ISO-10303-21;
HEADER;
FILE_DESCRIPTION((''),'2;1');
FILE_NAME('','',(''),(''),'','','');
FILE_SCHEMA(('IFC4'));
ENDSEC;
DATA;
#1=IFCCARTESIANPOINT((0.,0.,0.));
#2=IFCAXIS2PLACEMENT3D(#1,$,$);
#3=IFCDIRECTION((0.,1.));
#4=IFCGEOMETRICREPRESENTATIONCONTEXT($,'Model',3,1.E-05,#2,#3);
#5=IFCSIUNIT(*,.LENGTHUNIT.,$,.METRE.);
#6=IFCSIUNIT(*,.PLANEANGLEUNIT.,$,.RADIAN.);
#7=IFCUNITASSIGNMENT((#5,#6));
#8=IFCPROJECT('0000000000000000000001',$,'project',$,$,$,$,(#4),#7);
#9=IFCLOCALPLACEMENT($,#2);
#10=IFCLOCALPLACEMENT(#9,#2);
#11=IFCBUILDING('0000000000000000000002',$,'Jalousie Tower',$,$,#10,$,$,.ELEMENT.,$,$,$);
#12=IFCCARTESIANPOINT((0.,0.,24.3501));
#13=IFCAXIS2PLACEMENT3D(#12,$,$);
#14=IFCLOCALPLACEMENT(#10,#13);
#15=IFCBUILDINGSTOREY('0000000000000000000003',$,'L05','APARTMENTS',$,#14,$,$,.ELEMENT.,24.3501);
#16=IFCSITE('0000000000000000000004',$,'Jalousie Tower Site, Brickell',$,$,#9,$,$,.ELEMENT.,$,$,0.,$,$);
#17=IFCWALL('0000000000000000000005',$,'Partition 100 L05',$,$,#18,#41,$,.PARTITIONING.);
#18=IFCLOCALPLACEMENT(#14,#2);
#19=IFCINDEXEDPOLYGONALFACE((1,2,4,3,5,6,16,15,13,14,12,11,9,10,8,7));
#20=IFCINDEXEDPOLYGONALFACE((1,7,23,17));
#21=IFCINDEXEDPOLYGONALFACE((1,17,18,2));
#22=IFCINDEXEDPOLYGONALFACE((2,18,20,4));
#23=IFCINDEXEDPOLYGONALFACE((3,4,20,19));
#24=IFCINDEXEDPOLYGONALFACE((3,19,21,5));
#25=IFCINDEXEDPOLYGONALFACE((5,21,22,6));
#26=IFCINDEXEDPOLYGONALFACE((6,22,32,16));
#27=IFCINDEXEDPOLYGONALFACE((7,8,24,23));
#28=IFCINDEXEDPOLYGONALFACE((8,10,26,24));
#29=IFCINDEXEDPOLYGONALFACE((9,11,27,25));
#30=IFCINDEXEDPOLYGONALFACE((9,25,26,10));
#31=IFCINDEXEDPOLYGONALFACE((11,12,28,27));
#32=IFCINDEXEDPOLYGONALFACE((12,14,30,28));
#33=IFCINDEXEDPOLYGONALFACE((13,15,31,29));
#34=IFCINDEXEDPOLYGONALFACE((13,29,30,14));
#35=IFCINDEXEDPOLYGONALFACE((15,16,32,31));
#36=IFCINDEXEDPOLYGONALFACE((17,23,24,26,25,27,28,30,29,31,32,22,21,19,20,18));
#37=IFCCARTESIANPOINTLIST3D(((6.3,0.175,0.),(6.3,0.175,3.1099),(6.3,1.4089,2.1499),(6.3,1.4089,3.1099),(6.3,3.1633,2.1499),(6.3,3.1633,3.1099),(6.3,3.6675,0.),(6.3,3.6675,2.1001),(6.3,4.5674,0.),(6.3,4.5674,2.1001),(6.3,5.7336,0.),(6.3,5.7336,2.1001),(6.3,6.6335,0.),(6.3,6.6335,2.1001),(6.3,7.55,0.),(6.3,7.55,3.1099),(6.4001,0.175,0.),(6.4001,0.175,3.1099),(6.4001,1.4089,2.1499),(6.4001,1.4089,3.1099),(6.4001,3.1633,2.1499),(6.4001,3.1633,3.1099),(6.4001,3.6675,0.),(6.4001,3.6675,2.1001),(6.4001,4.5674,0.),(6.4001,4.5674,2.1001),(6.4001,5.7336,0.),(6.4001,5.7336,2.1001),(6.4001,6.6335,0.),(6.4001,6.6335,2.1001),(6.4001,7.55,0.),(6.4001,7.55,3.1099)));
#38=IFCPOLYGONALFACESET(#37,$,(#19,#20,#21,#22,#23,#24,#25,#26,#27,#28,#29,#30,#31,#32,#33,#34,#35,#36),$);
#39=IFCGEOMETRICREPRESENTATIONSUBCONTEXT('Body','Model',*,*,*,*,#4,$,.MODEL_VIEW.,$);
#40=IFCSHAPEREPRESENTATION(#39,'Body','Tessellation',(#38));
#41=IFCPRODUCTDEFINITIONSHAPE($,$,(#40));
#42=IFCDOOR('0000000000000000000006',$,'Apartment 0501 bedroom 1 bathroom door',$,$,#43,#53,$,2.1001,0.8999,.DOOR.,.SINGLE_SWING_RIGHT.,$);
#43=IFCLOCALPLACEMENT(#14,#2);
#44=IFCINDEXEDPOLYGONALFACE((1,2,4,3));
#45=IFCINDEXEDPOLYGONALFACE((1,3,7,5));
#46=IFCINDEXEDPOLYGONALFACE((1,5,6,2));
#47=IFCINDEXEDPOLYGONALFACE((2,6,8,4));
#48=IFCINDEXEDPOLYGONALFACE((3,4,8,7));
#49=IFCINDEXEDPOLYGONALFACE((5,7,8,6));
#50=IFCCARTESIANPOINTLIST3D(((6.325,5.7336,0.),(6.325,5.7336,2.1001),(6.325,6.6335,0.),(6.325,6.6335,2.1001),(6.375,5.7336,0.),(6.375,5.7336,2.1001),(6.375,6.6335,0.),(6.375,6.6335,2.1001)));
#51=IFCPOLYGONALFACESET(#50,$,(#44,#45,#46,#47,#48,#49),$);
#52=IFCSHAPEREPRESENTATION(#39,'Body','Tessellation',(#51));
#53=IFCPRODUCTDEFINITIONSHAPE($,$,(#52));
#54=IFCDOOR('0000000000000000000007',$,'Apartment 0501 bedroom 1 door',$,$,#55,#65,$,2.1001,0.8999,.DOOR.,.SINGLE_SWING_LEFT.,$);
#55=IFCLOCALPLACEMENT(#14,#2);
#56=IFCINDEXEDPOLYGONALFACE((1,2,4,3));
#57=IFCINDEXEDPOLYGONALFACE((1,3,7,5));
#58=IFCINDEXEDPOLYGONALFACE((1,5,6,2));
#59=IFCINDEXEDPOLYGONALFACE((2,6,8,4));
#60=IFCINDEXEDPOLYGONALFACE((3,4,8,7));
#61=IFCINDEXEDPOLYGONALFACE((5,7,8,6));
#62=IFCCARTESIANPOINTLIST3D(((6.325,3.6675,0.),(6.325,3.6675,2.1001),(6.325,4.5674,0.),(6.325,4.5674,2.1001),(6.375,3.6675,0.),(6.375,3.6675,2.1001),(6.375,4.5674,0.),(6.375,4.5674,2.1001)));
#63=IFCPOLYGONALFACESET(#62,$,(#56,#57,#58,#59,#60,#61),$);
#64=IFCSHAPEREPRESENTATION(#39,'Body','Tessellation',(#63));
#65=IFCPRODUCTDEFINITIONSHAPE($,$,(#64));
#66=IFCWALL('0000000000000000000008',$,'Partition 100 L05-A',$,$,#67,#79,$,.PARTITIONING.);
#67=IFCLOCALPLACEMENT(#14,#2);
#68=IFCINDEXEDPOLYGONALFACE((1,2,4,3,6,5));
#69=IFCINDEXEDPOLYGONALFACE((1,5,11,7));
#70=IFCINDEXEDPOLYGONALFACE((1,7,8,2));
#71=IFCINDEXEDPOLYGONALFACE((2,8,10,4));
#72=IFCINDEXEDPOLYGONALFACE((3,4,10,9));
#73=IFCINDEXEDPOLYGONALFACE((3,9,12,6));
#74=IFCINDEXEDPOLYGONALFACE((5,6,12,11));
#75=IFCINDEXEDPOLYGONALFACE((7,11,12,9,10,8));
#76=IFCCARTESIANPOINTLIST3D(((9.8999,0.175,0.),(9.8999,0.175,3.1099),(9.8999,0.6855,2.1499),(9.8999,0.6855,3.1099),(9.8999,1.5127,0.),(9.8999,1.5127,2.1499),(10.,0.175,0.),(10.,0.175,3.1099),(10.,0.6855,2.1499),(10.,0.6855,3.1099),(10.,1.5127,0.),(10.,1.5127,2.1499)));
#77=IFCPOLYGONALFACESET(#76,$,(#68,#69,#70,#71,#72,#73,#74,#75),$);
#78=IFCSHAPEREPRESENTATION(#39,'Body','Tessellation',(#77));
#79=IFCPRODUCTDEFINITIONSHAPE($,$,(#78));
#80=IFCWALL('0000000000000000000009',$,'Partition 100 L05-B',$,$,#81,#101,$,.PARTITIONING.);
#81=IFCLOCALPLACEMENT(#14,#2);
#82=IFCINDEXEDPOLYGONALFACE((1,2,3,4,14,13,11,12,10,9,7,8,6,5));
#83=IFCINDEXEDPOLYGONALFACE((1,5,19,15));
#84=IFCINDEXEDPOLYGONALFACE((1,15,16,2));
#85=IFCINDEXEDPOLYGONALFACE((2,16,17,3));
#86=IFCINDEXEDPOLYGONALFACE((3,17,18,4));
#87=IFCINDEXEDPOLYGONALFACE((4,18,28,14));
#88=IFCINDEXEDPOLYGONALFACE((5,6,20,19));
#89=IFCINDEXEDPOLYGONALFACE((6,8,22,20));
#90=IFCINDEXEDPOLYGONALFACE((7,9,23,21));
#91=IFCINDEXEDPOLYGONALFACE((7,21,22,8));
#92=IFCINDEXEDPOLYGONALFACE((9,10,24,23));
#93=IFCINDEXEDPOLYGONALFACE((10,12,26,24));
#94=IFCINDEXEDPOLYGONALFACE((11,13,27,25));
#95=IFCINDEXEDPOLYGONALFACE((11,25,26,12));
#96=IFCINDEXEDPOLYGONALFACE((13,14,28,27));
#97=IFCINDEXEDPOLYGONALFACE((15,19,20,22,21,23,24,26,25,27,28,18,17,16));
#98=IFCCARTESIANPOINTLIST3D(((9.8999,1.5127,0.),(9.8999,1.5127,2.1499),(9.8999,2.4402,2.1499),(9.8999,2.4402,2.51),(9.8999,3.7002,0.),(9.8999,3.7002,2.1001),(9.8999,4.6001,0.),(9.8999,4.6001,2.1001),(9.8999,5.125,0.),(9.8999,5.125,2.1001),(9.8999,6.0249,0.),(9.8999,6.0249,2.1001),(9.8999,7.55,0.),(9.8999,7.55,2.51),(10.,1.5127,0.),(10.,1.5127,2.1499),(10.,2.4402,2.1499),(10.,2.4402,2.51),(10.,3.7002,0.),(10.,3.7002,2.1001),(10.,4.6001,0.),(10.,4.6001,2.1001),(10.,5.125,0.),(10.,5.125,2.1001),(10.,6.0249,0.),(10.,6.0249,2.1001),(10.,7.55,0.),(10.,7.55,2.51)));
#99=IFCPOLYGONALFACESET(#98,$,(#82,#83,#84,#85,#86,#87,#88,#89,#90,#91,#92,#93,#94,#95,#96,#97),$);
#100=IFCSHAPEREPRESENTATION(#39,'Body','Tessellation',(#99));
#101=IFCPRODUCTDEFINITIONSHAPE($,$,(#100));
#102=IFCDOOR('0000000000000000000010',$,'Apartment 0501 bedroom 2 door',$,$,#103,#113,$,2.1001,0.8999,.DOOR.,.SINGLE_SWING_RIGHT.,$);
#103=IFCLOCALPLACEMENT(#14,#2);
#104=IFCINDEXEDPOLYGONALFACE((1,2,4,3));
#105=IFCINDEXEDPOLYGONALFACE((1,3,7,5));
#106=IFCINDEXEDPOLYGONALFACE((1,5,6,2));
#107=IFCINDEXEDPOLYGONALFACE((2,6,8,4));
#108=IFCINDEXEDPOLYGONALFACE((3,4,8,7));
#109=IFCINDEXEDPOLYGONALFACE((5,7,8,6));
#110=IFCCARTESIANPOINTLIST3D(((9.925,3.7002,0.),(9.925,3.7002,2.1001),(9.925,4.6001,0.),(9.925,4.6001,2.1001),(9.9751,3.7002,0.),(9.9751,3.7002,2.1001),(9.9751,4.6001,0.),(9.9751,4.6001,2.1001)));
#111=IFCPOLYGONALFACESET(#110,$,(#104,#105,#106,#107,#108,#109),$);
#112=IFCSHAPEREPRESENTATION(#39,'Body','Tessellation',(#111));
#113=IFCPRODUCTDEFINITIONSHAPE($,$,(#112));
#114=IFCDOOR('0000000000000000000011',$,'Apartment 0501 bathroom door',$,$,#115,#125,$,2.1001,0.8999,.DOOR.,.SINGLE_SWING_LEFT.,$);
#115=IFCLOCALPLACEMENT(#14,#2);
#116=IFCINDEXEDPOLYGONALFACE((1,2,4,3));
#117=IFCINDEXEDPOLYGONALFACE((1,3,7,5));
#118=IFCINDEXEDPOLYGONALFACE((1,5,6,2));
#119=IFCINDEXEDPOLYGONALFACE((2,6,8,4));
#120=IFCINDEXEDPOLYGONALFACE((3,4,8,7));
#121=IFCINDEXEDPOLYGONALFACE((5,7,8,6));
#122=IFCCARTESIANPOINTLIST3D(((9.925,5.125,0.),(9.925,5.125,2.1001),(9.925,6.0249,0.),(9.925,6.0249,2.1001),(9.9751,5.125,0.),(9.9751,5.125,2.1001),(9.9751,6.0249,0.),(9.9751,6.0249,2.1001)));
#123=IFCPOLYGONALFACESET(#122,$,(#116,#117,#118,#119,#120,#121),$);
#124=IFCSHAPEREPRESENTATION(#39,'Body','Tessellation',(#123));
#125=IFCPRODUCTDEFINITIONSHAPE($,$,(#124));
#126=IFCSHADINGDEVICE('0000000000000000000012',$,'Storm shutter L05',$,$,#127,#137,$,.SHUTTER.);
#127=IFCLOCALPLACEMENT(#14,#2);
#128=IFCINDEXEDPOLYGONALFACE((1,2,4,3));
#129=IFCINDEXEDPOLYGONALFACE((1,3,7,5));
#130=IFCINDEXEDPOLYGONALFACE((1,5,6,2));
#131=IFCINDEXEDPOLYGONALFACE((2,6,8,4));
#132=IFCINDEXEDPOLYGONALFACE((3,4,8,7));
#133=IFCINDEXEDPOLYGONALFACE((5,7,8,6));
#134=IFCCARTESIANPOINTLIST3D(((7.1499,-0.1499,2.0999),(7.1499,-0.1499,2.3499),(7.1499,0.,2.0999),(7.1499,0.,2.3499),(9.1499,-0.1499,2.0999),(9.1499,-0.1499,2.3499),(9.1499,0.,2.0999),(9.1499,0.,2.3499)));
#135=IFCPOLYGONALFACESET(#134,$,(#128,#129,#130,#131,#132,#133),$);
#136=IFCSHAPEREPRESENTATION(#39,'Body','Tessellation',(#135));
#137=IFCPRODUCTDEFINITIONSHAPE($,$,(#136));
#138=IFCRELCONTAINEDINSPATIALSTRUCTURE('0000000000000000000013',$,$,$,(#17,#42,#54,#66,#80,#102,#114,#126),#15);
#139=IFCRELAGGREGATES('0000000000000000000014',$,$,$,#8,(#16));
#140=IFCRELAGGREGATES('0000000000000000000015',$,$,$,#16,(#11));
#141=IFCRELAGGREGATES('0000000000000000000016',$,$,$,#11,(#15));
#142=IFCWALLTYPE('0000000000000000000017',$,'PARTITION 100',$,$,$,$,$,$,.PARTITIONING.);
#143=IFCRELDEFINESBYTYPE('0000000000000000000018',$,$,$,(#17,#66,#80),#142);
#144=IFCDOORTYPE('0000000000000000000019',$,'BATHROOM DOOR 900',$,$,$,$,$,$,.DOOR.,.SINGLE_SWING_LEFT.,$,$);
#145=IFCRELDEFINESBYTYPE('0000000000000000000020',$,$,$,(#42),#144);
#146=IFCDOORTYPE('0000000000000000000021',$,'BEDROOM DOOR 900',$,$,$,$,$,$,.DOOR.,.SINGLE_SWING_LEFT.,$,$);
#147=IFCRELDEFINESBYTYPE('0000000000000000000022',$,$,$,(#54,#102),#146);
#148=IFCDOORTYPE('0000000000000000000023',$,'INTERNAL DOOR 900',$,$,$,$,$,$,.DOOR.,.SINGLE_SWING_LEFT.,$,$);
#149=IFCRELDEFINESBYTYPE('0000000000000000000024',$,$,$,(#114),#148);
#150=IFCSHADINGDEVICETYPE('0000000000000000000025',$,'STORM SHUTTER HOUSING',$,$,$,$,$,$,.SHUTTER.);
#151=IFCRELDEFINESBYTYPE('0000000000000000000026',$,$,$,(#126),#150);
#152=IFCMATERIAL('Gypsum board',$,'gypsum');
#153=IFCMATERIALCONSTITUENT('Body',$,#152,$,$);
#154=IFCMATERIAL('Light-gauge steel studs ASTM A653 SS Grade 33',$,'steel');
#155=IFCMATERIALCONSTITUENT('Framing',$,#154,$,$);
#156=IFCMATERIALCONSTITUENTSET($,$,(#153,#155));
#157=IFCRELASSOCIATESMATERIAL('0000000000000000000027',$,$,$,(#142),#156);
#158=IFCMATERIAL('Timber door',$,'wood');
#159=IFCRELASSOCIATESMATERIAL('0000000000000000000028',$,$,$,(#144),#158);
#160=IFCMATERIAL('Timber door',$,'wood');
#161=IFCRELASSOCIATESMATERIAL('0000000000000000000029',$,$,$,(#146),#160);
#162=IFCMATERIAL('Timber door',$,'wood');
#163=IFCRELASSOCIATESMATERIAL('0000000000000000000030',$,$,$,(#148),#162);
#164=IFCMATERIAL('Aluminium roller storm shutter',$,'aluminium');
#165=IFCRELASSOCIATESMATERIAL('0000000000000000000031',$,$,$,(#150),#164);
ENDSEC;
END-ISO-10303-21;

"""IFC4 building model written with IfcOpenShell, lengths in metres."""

from ifc_helpers import new_model, si_unit, direction, frame, frame_2d, origin, origin_2d, place, context, subcontext, project, spatial, polyline, rectangle, outline, extrude, material, constituent, constituent_set, type_object, element, fill, save


model = new_model("IFC4")

# Units and contexts
model_context = context("Model", 3, precision=1e-05, world=origin(), true_north=direction((0.0, 1.0)))
body_context = subcontext(model_context, "Body", "Model", "MODEL_VIEW")
ifc_project = project(units=[si_unit("LENGTHUNIT", "METRE"), si_unit("PLANEANGLEUNIT", "RADIAN")], contexts=[model_context])

# Site, building, storey
site_placement = place(None, origin())
site = spatial("IfcSite", under=ifc_project, at=site_placement, Name="Jalousie Tower Site, Brickell", CompositionType="ELEMENT", RefElevation=0.0)
building_placement = place(site_placement, origin())
building = spatial("IfcBuilding", under=site, at=building_placement, Name="Jalousie Tower", CompositionType="ELEMENT")
storey_placement = place(building_placement, frame((0.0, 0.0, 24.3501)))
storey = spatial("IfcBuildingStorey", under=building, at=storey_placement, Name="L05", Description="APARTMENTS", CompositionType="ELEMENT", Elevation=24.3501)

# Wall, openings, doors
ifc_material_1 = material(Name="Gypsum board", Category="gypsum")
ifc_constituent_1 = constituent(ifc_material_1, Name="Body")
ifc_material_2 = material(Name="Light-gauge steel studs ASTM A653 SS Grade 33", Category="steel")
ifc_constituent_2 = constituent(ifc_material_2, Name="Framing")
ifc_constituent_set_1 = constituent_set(constituents=[ifc_constituent_1, ifc_constituent_2])
wall_type_1 = type_object("IfcWallType", Name="PARTITION 100", PredefinedType="PARTITIONING", material=ifc_constituent_set_1)
wall_1_placement = place(storey_placement, frame((6.3501, 0.175, 0.0), z_axis=(0.0, 0.0, 1.0), x_axis=(0.0, 1.0, 0.0)))
wall_1 = element("IfcWall", 1, at=wall_1_placement, inside=storey, type_object=wall_type_1, Name="Partition 100 L05", PredefinedType="PARTITIONING", context=body_context, shape_type="SweptSolid", body=[
    extrude(outline(polyline([(0.0, 0.0), (7.375, 0.0), (7.375, 3.1099), (2.9883, 3.1099), (2.9883, 2.1499), (1.2339, 2.1499), (1.2339, 3.1099), (0.0, 3.1099), (0.0, 0.0)])), frame((0.0, 0.05, 0.0), z_axis=(0.0, -1.0, 0.0), x_axis=(1.0, 0.0, 0.0)), (0.0, 0.0, 1.0), 0.1001),
])
opening_1_placement = place(wall_1_placement, frame((3.4924, 0.0, 0.0)))
opening_1 = element("IfcOpeningElement", 2, at=opening_1_placement, cuts=wall_1, PredefinedType="OPENING", context=body_context, shape_type="SweptSolid", body=[
    extrude(rectangle(XDim=0.8999, YDim=2.1001, at=frame_2d((0.45, 1.05))), frame((0.0, 0.0601, 0.0), z_axis=(0.0, -1.0, 0.0), x_axis=(1.0, 0.0, 0.0)), (0.0, 0.0, 1.0), 0.1201),
])
opening_2_placement = place(wall_1_placement, frame((5.5586, 0.0, 0.0)))
opening_2 = element("IfcOpeningElement", 3, at=opening_2_placement, cuts=wall_1, PredefinedType="OPENING", context=body_context, shape_type="SweptSolid", body=[
    extrude(rectangle(XDim=0.8999, YDim=2.1001, at=frame_2d((0.45, 1.05))), frame((0.0, 0.0601, 0.0), z_axis=(0.0, -1.0, 0.0), x_axis=(1.0, 0.0, 0.0)), (0.0, 0.0, 1.0), 0.1201),
])
ifc_material_3 = material(Name="Timber door", Category="wood")
door_type_1 = type_object("IfcDoorType", Name="BATHROOM DOOR 900", OperationType="SINGLE_SWING_LEFT", PredefinedType="DOOR", material=ifc_material_3)
door_1_placement = place(opening_2_placement, frame((0.8999, 0.0, 0.0), z_axis=(0.0, 0.0, 1.0), x_axis=(-1.0, 0.0, 0.0)))
door_1 = element("IfcDoor", 4, at=door_1_placement, inside=storey, type_object=door_type_1, Name="Apartment 0501 bedroom 1 bathroom door", OperationType="SINGLE_SWING_RIGHT", OverallHeight=2.1001, OverallWidth=0.8999, PredefinedType="DOOR", context=body_context, shape_type="SweptSolid", body=[
    extrude(rectangle(XDim=0.8999, YDim=2.1001, at=frame_2d((0.45, 1.05))), frame((0.0, 0.0249, 0.0), z_axis=(0.0, -1.0, 0.0), x_axis=(1.0, 0.0, 0.0)), (0.0, 0.0, 1.0), 0.05),
])
fill(opening_2, door_1)
ifc_material_4 = material(Name="Timber door", Category="wood")
door_type_2 = type_object("IfcDoorType", Name="BEDROOM DOOR 900", OperationType="SINGLE_SWING_LEFT", PredefinedType="DOOR", material=ifc_material_4)
door_2_placement = place(opening_1_placement, frame((0.8999, 0.0, 0.0), z_axis=(0.0, 0.0, 1.0), x_axis=(-1.0, 0.0, 0.0)))
door_2 = element("IfcDoor", 5, at=door_2_placement, inside=storey, type_object=door_type_2, Name="Apartment 0501 bedroom 1 door", OperationType="SINGLE_SWING_LEFT", OverallHeight=2.1001, OverallWidth=0.8999, PredefinedType="DOOR", context=body_context, shape_type="SweptSolid", body=[
    extrude(rectangle(XDim=0.8999, YDim=2.1001, at=frame_2d((0.45, 1.05))), frame((0.0, 0.0249, 0.0), z_axis=(0.0, -1.0, 0.0), x_axis=(1.0, 0.0, 0.0)), (0.0, 0.0, 1.0), 0.05),
])
fill(opening_1, door_2)

# Wall
wall_2_placement = place(storey_placement, frame((9.95, 0.175, 0.0), z_axis=(0.0, 0.0, 1.0), x_axis=(0.0, 1.0, 0.0)))
element("IfcWall", 6, at=wall_2_placement, inside=storey, type_object=wall_type_1, Name="Partition 100 L05-A", PredefinedType="PARTITIONING", context=body_context, shape_type="SweptSolid", body=[
    extrude(outline(polyline([(0.0, 0.0), (1.3376, 0.0), (1.3376, 2.1499), (0.5105, 2.1499), (0.5105, 3.1099), (0.0, 3.1099), (0.0, 0.0)])), frame((0.0, 0.05, 0.0), z_axis=(0.0, -1.0, 0.0), x_axis=(1.0, 0.0, 0.0)), (0.0, 0.0, 1.0), 0.1001),
])

# Wall, openings, doors
wall_3_placement = place(storey_placement, frame((9.95, 1.5127, 0.0), z_axis=(0.0, 0.0, 1.0), x_axis=(0.0, 1.0, 0.0)))
wall_3 = element("IfcWall", 7, at=wall_3_placement, inside=storey, type_object=wall_type_1, Name="Partition 100 L05-B", PredefinedType="PARTITIONING", context=body_context, shape_type="SweptSolid", body=[
    extrude(outline(polyline([(0.0, 0.0), (6.0374, 0.0), (6.0374, 2.51), (0.9275, 2.51), (0.9275, 2.1499), (0.0, 2.1499), (0.0, 0.0)])), frame((0.0, 0.05, 0.0), z_axis=(0.0, -1.0, 0.0), x_axis=(1.0, 0.0, 0.0)), (0.0, 0.0, 1.0), 0.1001),
])
opening_3_placement = place(wall_3_placement, frame((2.1875, 0.0, 0.0)))
opening_3 = element("IfcOpeningElement", 8, at=opening_3_placement, cuts=wall_3, PredefinedType="OPENING", context=body_context, shape_type="SweptSolid", body=[
    extrude(rectangle(XDim=0.8999, YDim=2.1001, at=frame_2d((0.45, 1.05))), frame((0.0, 0.0601, 0.0), z_axis=(0.0, -1.0, 0.0), x_axis=(1.0, 0.0, 0.0)), (0.0, 0.0, 1.0), 0.1201),
])
opening_4_placement = place(wall_3_placement, frame((3.6123, 0.0, 0.0)))
opening_4 = element("IfcOpeningElement", 9, at=opening_4_placement, cuts=wall_3, PredefinedType="OPENING", context=body_context, shape_type="SweptSolid", body=[
    extrude(rectangle(XDim=0.8999, YDim=2.1001, at=frame_2d((0.45, 1.05))), frame((0.0, 0.0601, 0.0), z_axis=(0.0, -1.0, 0.0), x_axis=(1.0, 0.0, 0.0)), (0.0, 0.0, 1.0), 0.1201),
])
door_3_placement = place(opening_3_placement, origin())
door_3 = element("IfcDoor", 10, at=door_3_placement, inside=storey, type_object=door_type_2, Name="Apartment 0501 bedroom 2 door", OperationType="SINGLE_SWING_RIGHT", OverallHeight=2.1001, OverallWidth=0.8999, PredefinedType="DOOR", context=body_context, shape_type="SweptSolid", body=[
    extrude(rectangle(XDim=0.8999, YDim=2.1001, at=frame_2d((0.45, 1.05))), frame((0.0, 0.0249, 0.0), z_axis=(0.0, -1.0, 0.0), x_axis=(1.0, 0.0, 0.0)), (0.0, 0.0, 1.0), 0.05),
])
fill(opening_3, door_3)
ifc_material_5 = material(Name="Timber door", Category="wood")
door_type_3 = type_object("IfcDoorType", Name="INTERNAL DOOR 900", OperationType="SINGLE_SWING_LEFT", PredefinedType="DOOR", material=ifc_material_5)
door_4_placement = place(opening_4_placement, origin())
door_4 = element("IfcDoor", 11, at=door_4_placement, inside=storey, type_object=door_type_3, Name="Apartment 0501 bathroom door", OperationType="SINGLE_SWING_LEFT", OverallHeight=2.1001, OverallWidth=0.8999, PredefinedType="DOOR", context=body_context, shape_type="SweptSolid", body=[
    extrude(rectangle(XDim=0.8999, YDim=2.1001, at=frame_2d((0.45, 1.05))), frame((0.0, 0.0249, 0.0), z_axis=(0.0, -1.0, 0.0), x_axis=(1.0, 0.0, 0.0)), (0.0, 0.0, 1.0), 0.05),
])
fill(opening_4, door_4)

# Shading device
ifc_material_6 = material(Name="Aluminium roller storm shutter", Category="aluminium")
shading_device_type = type_object("IfcShadingDeviceType", Name="STORM SHUTTER HOUSING", PredefinedType="SHUTTER", material=ifc_material_6)
shading_device_placement = place(storey_placement, frame((8.1499, -0.075, 2.0999), z_axis=(0.0, 0.0, 1.0), x_axis=(1.0, 0.0, 0.0)))
element("IfcShadingDevice", 12, at=shading_device_placement, inside=storey, type_object=shading_device_type, Name="Storm shutter L05", PredefinedType="SHUTTER", context=body_context, shape_type="SweptSolid", body=[
    extrude(rectangle(XDim=2.0, YDim=0.1499, at=origin_2d()), origin(), (0.0, 0.0, 1.0), 0.25),
])

save(model, "model.ifc")
